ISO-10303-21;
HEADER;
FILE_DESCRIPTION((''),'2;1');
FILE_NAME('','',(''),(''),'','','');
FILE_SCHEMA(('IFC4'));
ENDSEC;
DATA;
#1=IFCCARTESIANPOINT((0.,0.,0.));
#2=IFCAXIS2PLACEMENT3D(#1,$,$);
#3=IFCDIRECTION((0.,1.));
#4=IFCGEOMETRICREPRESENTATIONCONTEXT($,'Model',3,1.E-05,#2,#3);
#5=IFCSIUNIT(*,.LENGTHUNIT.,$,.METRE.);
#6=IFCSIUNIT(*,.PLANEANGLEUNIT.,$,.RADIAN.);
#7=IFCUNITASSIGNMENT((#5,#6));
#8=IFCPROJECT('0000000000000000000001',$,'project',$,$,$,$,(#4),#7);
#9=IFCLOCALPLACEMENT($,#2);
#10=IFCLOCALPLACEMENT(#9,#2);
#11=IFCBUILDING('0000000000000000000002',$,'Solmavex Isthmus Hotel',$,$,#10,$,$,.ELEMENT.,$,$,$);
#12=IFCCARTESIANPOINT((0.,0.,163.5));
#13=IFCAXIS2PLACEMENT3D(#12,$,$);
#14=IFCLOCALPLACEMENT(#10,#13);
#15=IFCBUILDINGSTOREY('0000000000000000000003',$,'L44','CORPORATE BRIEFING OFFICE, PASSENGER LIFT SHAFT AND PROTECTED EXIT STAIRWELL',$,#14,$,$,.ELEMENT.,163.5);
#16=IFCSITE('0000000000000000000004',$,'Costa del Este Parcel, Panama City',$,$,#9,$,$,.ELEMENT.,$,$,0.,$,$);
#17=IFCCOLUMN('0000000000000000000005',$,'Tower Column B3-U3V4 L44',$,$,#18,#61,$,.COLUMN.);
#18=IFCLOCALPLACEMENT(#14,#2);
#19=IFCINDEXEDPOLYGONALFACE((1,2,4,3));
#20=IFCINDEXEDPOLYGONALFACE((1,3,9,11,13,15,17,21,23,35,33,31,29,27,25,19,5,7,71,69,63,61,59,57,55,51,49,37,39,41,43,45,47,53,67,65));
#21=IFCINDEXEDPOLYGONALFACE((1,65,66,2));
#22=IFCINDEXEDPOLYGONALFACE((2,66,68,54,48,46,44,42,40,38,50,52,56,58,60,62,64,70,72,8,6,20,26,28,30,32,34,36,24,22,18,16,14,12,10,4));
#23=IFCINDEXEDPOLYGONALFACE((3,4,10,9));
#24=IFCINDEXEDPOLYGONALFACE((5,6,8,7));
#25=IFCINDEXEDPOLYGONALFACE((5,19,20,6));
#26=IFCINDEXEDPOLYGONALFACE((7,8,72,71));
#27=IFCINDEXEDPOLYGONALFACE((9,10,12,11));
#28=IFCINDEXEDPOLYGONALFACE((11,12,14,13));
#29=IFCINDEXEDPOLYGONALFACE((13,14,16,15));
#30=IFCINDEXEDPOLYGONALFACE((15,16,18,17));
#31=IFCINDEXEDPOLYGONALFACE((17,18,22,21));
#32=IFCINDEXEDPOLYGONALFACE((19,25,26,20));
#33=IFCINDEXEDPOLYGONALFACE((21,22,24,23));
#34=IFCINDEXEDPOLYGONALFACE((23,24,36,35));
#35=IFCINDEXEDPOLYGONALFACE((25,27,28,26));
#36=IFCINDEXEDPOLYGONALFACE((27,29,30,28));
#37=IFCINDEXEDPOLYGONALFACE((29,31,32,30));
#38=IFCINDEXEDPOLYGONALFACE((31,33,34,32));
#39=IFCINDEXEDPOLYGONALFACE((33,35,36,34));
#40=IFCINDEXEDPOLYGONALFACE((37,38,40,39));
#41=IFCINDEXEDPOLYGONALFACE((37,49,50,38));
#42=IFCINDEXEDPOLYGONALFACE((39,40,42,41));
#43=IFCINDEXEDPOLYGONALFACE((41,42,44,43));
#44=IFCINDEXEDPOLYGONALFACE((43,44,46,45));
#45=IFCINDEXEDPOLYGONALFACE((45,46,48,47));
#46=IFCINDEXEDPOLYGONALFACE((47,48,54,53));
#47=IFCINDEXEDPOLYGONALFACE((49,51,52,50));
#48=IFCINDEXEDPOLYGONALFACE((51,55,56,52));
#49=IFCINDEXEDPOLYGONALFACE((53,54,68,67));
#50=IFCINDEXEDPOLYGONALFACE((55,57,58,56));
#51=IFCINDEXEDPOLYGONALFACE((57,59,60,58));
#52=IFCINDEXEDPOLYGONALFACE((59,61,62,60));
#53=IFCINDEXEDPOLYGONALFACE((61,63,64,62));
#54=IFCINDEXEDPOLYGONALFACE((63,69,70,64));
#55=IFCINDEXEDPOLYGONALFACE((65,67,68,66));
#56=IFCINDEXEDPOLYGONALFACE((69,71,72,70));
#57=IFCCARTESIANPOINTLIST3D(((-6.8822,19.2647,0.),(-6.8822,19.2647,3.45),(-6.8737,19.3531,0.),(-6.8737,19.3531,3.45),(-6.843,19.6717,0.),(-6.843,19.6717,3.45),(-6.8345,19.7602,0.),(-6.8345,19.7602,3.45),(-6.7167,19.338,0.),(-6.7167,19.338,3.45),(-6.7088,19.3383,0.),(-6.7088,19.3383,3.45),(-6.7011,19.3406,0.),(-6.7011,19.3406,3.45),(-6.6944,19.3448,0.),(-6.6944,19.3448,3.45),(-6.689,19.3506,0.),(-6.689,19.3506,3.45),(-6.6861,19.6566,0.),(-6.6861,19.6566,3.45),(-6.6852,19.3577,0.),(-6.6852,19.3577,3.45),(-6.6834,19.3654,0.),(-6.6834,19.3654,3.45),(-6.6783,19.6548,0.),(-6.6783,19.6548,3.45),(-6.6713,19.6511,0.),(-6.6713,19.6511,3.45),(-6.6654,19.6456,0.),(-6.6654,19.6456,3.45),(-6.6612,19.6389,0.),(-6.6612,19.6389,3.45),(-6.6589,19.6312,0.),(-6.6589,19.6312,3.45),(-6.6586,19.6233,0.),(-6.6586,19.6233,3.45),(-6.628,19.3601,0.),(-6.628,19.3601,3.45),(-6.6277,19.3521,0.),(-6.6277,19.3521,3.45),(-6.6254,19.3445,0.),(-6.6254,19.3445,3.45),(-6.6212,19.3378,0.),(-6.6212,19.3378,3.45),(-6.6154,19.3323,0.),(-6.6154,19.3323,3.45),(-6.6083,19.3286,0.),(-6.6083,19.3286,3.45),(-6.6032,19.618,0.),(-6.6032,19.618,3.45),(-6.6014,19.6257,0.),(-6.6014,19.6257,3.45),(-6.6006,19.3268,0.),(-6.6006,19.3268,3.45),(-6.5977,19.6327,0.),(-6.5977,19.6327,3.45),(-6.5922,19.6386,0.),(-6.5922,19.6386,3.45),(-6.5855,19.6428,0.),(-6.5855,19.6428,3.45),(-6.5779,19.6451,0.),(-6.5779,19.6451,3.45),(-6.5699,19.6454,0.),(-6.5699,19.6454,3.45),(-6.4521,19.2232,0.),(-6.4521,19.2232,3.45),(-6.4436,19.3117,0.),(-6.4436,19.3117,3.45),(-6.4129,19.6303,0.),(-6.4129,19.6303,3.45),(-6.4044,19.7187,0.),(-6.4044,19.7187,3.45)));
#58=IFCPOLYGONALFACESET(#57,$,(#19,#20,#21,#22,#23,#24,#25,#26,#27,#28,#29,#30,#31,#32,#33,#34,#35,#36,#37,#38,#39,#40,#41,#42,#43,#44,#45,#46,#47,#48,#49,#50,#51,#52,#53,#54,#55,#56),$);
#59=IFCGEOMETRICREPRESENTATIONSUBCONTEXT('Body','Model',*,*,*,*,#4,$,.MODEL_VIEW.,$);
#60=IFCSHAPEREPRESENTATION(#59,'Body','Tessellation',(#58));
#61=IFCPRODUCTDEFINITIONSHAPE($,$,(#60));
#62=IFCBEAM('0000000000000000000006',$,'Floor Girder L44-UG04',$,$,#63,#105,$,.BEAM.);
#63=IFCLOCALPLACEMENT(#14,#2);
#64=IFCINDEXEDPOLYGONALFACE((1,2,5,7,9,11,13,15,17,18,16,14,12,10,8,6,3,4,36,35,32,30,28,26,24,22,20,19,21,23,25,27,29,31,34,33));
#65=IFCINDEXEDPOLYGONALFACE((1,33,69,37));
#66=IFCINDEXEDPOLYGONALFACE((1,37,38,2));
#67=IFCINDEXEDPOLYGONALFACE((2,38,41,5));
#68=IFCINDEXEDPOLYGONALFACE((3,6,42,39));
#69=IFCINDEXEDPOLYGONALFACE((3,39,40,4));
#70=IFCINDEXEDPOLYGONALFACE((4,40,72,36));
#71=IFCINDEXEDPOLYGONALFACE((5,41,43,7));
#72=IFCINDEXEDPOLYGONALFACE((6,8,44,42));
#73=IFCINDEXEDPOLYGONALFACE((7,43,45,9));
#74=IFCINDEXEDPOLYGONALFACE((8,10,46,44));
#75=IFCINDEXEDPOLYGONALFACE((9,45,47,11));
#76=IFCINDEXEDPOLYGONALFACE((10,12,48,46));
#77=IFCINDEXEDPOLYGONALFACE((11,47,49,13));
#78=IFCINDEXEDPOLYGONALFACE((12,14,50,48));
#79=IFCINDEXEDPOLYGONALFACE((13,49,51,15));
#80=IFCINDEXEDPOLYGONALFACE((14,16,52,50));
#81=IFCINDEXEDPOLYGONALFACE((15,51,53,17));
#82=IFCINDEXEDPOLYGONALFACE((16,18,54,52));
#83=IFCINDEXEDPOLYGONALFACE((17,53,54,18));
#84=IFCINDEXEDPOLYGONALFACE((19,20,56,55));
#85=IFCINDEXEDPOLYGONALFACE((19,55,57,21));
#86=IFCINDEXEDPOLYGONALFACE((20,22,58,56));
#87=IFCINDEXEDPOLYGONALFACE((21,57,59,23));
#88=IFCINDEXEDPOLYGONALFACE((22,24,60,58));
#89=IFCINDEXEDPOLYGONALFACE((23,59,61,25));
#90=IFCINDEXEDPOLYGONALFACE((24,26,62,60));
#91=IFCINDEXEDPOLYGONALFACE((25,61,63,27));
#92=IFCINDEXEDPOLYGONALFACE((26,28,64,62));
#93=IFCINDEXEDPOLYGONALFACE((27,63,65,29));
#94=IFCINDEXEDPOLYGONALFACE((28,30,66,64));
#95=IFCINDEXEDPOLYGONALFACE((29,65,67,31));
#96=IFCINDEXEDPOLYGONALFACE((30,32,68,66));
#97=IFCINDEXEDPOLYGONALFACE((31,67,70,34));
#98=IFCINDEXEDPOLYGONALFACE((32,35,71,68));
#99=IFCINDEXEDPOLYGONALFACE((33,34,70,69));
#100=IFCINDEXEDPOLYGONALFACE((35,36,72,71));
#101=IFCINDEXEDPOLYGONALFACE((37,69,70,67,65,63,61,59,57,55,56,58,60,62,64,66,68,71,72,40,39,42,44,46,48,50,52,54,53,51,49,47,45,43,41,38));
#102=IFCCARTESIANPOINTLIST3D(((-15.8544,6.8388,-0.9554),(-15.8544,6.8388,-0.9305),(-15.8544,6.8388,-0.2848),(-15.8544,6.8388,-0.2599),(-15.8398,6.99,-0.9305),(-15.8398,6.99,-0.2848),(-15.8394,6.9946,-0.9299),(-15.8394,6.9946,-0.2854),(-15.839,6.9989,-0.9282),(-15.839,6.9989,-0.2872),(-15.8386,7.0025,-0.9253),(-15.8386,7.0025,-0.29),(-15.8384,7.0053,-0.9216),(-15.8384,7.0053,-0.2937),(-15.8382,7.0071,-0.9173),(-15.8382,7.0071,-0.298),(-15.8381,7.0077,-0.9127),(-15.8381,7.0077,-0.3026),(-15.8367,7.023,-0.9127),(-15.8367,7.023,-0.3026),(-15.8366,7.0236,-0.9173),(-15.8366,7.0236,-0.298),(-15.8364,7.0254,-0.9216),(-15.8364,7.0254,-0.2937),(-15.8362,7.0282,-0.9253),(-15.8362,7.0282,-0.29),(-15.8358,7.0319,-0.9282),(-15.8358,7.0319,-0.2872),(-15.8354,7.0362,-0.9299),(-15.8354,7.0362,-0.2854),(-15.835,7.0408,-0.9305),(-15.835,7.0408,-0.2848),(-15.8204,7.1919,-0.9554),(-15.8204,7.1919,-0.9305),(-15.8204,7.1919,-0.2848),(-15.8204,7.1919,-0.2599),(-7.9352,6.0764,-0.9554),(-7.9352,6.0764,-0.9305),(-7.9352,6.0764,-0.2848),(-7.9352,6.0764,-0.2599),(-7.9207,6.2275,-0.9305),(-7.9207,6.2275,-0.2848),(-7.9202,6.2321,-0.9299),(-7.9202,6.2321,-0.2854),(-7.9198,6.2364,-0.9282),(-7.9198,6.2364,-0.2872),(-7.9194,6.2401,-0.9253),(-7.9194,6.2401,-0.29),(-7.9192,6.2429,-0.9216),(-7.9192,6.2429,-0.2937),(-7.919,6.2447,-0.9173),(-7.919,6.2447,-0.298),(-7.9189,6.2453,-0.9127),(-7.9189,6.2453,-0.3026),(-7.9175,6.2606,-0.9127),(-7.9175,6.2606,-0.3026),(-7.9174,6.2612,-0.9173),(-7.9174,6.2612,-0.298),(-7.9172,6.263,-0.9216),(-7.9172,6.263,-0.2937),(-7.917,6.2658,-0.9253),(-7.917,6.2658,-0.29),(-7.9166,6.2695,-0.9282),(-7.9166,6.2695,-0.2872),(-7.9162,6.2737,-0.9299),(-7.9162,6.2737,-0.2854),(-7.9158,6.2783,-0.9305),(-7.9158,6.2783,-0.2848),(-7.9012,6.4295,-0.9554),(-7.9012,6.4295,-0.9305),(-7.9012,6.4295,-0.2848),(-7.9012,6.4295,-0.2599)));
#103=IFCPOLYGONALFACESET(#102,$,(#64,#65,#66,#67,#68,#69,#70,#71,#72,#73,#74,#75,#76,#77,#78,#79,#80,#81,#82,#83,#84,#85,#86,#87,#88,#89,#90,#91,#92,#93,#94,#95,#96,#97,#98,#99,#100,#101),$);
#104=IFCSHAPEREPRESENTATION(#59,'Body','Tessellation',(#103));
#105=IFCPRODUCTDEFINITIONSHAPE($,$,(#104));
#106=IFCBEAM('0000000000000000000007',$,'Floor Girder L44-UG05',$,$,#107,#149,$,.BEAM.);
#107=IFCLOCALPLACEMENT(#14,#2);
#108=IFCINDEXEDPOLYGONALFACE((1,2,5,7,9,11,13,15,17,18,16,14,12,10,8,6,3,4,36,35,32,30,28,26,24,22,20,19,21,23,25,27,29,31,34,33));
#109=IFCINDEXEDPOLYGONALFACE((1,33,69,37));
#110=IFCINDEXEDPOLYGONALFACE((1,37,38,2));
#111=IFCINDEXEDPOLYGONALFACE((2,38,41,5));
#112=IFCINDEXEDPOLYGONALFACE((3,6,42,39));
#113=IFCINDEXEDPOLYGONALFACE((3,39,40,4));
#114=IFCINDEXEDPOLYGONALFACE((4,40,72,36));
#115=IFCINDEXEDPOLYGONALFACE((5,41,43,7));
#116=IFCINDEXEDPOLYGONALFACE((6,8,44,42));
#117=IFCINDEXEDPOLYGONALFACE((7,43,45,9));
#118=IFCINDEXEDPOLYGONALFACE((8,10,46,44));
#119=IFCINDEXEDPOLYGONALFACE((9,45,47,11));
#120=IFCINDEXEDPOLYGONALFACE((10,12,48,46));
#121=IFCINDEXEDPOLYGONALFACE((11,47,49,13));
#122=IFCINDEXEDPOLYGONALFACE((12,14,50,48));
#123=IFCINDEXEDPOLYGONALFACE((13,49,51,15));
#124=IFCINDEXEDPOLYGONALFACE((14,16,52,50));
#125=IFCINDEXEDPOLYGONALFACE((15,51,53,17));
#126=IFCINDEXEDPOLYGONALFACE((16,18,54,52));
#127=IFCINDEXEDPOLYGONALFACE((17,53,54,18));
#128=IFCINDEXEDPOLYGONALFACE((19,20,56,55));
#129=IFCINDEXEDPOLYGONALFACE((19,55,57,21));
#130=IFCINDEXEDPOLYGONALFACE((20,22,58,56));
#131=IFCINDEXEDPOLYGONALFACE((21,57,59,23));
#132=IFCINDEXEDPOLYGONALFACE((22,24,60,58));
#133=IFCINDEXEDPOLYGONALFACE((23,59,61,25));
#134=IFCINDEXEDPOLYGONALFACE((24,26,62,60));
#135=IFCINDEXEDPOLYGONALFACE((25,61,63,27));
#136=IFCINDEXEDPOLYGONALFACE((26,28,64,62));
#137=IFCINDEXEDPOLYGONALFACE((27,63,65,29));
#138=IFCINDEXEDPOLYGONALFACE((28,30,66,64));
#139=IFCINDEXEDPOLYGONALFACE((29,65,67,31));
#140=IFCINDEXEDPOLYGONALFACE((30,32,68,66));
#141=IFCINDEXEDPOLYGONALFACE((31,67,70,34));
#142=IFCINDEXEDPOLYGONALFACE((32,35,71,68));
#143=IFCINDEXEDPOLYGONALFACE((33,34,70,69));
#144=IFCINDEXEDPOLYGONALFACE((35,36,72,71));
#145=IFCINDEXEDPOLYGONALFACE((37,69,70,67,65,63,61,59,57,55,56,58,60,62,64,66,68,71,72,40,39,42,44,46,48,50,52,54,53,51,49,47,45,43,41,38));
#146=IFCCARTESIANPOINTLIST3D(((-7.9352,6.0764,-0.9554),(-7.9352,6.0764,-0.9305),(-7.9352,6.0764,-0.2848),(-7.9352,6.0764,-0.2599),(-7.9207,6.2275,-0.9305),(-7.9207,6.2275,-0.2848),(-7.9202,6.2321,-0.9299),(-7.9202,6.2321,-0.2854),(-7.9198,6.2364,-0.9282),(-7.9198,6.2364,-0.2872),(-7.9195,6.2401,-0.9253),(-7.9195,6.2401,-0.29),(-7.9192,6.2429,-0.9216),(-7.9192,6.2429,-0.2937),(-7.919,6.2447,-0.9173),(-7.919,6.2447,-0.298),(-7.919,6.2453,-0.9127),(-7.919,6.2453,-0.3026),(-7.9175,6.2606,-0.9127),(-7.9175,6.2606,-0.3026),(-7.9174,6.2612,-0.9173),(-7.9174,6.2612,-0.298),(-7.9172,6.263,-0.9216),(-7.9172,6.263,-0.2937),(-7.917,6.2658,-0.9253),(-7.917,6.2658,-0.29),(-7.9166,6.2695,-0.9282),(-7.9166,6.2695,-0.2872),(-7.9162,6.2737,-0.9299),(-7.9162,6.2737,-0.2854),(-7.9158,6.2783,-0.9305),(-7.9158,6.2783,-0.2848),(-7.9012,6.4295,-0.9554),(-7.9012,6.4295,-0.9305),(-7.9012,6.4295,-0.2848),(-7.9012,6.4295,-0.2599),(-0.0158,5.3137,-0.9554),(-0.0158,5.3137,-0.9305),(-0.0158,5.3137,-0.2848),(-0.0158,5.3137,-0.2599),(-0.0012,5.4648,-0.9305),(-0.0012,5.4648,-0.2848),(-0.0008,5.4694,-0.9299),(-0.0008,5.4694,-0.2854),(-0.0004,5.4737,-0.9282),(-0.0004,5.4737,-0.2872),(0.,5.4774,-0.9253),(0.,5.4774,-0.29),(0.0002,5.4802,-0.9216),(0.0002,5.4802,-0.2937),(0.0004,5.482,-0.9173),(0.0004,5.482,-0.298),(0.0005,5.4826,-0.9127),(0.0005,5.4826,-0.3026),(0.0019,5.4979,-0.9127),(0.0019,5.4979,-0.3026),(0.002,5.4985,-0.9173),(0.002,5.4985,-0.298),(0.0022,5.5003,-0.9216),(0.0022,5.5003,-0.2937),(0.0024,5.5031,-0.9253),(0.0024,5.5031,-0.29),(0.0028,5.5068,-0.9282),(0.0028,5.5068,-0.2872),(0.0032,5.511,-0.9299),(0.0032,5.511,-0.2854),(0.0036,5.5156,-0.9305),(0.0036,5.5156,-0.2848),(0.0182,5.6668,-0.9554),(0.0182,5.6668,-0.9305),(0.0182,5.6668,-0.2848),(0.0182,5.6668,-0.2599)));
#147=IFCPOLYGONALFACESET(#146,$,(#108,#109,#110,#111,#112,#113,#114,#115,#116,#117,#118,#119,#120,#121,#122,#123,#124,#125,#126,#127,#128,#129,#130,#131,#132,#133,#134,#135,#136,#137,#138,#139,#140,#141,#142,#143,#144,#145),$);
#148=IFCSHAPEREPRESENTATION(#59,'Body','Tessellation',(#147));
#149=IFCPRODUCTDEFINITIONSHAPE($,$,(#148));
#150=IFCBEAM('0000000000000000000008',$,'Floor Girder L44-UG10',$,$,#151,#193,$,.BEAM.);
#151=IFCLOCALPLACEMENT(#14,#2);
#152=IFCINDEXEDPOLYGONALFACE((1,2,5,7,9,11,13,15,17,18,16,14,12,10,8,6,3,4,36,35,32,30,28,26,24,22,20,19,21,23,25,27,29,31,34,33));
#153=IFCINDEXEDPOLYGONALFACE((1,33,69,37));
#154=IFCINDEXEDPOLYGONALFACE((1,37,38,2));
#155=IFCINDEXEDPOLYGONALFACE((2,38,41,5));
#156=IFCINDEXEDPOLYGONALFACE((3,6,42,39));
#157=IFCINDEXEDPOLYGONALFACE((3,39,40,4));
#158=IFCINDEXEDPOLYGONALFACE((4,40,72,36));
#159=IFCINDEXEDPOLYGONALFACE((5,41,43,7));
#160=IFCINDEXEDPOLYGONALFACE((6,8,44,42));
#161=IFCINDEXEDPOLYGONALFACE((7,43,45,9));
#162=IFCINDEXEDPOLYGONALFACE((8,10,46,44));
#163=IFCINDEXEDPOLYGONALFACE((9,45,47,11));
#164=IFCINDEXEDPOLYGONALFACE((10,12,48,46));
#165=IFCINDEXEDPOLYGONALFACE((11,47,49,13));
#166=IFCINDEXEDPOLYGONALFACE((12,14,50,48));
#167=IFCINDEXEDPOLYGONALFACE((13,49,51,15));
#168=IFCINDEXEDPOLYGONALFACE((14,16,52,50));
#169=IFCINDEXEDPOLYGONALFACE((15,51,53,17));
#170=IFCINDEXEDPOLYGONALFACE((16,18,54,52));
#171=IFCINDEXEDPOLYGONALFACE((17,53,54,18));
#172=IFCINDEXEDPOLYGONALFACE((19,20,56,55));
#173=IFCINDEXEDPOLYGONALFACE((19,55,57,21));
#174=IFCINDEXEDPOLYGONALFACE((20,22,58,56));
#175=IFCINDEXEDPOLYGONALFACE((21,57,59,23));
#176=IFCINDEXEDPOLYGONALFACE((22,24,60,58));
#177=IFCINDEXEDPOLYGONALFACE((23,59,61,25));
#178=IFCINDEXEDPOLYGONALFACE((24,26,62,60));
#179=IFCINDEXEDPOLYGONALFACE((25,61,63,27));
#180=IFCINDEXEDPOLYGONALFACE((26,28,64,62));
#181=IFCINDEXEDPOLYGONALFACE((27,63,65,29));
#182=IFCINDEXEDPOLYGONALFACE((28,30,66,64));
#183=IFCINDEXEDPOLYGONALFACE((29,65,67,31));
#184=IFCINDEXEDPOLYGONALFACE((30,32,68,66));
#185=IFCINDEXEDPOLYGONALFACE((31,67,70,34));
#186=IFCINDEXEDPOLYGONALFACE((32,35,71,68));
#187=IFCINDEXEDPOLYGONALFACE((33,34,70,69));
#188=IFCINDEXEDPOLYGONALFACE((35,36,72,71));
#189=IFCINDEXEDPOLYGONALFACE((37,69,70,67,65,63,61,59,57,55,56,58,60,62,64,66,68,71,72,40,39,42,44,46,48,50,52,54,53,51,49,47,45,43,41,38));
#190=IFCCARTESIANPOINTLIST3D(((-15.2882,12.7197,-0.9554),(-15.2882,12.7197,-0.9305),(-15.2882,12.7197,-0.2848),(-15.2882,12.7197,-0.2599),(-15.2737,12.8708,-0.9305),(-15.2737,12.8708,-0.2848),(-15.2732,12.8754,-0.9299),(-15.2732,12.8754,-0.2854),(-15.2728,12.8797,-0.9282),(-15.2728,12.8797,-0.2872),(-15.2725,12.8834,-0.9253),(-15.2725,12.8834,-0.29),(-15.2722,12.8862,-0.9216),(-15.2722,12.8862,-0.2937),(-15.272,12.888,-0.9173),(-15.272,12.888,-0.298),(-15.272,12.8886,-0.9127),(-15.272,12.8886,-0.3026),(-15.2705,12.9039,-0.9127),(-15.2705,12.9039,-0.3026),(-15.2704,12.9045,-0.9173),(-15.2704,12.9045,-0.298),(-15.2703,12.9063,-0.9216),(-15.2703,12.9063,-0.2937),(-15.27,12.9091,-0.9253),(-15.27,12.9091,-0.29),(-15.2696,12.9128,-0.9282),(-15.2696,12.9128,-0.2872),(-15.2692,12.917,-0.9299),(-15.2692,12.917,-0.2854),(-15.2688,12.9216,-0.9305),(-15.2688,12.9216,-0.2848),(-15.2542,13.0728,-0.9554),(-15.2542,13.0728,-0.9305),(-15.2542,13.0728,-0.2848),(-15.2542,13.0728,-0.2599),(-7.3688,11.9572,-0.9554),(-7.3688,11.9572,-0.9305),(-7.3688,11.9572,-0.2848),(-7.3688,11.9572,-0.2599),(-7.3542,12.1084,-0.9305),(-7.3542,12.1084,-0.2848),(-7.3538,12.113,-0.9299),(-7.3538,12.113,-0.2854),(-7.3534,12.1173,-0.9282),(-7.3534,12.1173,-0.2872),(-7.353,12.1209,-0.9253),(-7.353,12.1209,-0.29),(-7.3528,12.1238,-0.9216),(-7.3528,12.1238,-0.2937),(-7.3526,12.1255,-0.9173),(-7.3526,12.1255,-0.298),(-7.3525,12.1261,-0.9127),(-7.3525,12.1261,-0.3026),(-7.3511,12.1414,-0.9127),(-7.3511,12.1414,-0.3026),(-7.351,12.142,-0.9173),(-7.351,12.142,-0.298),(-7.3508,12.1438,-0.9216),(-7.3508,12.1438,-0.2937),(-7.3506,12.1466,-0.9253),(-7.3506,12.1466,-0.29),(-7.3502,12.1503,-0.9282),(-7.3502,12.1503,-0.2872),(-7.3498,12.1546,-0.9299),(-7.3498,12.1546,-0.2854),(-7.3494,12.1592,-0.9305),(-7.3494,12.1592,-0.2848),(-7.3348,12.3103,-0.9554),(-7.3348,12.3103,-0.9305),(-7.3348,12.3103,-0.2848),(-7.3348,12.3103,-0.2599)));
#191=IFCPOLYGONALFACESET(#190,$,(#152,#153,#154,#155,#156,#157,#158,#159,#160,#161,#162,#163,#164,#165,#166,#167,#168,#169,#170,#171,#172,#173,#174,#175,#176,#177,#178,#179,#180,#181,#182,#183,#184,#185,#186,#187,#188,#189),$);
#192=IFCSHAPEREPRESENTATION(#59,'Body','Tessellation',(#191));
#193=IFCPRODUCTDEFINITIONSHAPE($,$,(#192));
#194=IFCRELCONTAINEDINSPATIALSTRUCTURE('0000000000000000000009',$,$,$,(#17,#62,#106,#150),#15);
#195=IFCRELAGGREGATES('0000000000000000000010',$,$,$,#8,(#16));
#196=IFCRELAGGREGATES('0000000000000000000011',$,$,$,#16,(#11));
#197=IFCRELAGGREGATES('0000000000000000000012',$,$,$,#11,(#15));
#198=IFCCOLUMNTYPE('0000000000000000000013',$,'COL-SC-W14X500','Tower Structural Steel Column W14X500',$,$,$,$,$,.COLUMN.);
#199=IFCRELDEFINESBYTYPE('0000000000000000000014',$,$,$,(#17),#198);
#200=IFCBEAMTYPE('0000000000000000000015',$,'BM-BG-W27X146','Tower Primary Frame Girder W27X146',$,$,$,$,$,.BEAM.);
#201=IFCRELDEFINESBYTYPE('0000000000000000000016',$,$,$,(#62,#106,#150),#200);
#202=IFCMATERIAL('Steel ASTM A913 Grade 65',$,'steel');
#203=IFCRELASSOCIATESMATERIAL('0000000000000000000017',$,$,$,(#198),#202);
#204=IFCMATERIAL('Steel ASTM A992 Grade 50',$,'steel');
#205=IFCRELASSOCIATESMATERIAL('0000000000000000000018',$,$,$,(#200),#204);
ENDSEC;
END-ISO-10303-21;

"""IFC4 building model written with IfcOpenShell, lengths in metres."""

from ifc_helpers import new_model, si_unit, direction, frame, origin, origin_2d, place, context, subcontext, project, spatial, i_section, extrude, material, material_profile, profile_set, type_object, element, save


model = new_model("IFC4")

# Units and contexts
model_context = context("Model", 3, precision=1e-05, world=origin(), true_north=direction((0.0, 1.0)))
body_context = subcontext(model_context, "Body", "Model", "MODEL_VIEW")
ifc_project = project(units=[si_unit("LENGTHUNIT", "METRE"), si_unit("PLANEANGLEUNIT", "RADIAN")], contexts=[model_context])

# Site, building, storey
site_placement = place(None, origin())
site = spatial("IfcSite", under=ifc_project, at=site_placement, Name="Costa del Este Parcel, Panama City", CompositionType="ELEMENT", RefElevation=0.0)
building_placement = place(site_placement, origin())
building = spatial("IfcBuilding", under=site, at=building_placement, Name="Solmavex Isthmus Hotel", CompositionType="ELEMENT")
storey_placement = place(building_placement, frame((0.0, 0.0, 163.5)))
storey = spatial("IfcBuildingStorey", under=building, at=storey_placement, Name="L44", Description="CORPORATE BRIEFING OFFICE, PASSENGER LIFT SHAFT AND PROTECTED EXIT STAIRWELL", CompositionType="ELEMENT", Elevation=163.5)

# Column
ifc_material_1 = material(Name="Steel ASTM A913 Grade 65", Category="steel")
ifc_material_profile_1 = material_profile(ifc_material_1, i_section(OverallWidth=0.4321, OverallDepth=0.4978, WebThickness=0.0557, FlangeThickness=0.0889, FilletRadius=0.0305, at=origin_2d()), Name="W14X500")
ifc_profile_set_1 = profile_set([ifc_material_profile_1], Name="Steel ASTM A913 Grade 65")
column_type_1 = type_object("IfcColumnType", Name="COL-SC-W14X500", Description="Tower Structural Steel Column W14X500", PredefinedType="COLUMN", material=ifc_profile_set_1)
column_placement = place(storey_placement, frame((-6.6433, 19.4917, 0.0), z_axis=(0.0, 0.0, 1.0), x_axis=(0.995396, -0.095846, 0.0)))
element("IfcColumn", 1, at=column_placement, inside=storey, type_object=column_type_1, Name="Tower Column B3-U3V4 L44", PredefinedType="COLUMN", context=body_context, shape_type="SweptSolid", body=[
    extrude(i_section(OverallWidth=0.4321, OverallDepth=0.4978, WebThickness=0.0557, FlangeThickness=0.0889, FilletRadius=0.0305, at=origin_2d()), origin(), (0.0, 0.0, 1.0), 3.45),
])

# Beams
ifc_material_2 = material(Name="Steel ASTM A992 Grade 50", Category="steel")
ifc_material_profile_2 = material_profile(ifc_material_2, i_section(OverallWidth=0.3547, OverallDepth=0.6956, WebThickness=0.0154, FlangeThickness=0.0249, FilletRadius=0.0178, at=origin_2d()), Name="W27X146")
ifc_profile_set_2 = profile_set([ifc_material_profile_2], Name="Steel ASTM A992 Grade 50")
beam_type_1 = type_object("IfcBeamType", Name="BM-BG-W27X146", Description="Tower Primary Frame Girder W27X146", PredefinedType="BEAM", material=ifc_profile_set_2)
beam_1_placement = place(storey_placement, frame((-15.8374, 7.0154, -0.6077), z_axis=(0.995397, -0.095836, 0.0), x_axis=(0.095836, 0.995397, 0.0)))
element("IfcBeam", 2, at=beam_1_placement, inside=storey, type_object=beam_type_1, Name="Floor Girder L44-UG04", PredefinedType="BEAM", context=body_context, shape_type="SweptSolid", body=[
    extrude(i_section(OverallWidth=0.3547, OverallDepth=0.6956, WebThickness=0.0154, FlangeThickness=0.0249, FilletRadius=0.0178, at=origin_2d()), origin(), (0.0, 0.0, 1.0), 7.9558),
])
for number, where, z_axis, x_axis, name in (
    (3, (-7.9182, 6.2529, -0.6077), (0.995395, -0.095863, 0.0), (0.095863, 0.995395, 0.0), "Floor Girder L44-UG05"),
    (4, (-15.2712, 12.8962, -0.6077), (0.995397, -0.095833, 0.0), (0.095833, 0.995397, 0.0), "Floor Girder L44-UG10"),
):
    element("IfcBeam", number, at=place(storey_placement, frame(where, z_axis=z_axis, x_axis=x_axis)), inside=storey, type_object=beam_type_1, Name=name, PredefinedType="BEAM", context=body_context, shape_type="SweptSolid", body=[
        extrude(i_section(OverallWidth=0.3547, OverallDepth=0.6956, WebThickness=0.0154, FlangeThickness=0.0249, FilletRadius=0.0178, at=origin_2d()), origin(), (0.0, 0.0, 1.0), 7.9561),
    ])

save(model, "model.ifc")
